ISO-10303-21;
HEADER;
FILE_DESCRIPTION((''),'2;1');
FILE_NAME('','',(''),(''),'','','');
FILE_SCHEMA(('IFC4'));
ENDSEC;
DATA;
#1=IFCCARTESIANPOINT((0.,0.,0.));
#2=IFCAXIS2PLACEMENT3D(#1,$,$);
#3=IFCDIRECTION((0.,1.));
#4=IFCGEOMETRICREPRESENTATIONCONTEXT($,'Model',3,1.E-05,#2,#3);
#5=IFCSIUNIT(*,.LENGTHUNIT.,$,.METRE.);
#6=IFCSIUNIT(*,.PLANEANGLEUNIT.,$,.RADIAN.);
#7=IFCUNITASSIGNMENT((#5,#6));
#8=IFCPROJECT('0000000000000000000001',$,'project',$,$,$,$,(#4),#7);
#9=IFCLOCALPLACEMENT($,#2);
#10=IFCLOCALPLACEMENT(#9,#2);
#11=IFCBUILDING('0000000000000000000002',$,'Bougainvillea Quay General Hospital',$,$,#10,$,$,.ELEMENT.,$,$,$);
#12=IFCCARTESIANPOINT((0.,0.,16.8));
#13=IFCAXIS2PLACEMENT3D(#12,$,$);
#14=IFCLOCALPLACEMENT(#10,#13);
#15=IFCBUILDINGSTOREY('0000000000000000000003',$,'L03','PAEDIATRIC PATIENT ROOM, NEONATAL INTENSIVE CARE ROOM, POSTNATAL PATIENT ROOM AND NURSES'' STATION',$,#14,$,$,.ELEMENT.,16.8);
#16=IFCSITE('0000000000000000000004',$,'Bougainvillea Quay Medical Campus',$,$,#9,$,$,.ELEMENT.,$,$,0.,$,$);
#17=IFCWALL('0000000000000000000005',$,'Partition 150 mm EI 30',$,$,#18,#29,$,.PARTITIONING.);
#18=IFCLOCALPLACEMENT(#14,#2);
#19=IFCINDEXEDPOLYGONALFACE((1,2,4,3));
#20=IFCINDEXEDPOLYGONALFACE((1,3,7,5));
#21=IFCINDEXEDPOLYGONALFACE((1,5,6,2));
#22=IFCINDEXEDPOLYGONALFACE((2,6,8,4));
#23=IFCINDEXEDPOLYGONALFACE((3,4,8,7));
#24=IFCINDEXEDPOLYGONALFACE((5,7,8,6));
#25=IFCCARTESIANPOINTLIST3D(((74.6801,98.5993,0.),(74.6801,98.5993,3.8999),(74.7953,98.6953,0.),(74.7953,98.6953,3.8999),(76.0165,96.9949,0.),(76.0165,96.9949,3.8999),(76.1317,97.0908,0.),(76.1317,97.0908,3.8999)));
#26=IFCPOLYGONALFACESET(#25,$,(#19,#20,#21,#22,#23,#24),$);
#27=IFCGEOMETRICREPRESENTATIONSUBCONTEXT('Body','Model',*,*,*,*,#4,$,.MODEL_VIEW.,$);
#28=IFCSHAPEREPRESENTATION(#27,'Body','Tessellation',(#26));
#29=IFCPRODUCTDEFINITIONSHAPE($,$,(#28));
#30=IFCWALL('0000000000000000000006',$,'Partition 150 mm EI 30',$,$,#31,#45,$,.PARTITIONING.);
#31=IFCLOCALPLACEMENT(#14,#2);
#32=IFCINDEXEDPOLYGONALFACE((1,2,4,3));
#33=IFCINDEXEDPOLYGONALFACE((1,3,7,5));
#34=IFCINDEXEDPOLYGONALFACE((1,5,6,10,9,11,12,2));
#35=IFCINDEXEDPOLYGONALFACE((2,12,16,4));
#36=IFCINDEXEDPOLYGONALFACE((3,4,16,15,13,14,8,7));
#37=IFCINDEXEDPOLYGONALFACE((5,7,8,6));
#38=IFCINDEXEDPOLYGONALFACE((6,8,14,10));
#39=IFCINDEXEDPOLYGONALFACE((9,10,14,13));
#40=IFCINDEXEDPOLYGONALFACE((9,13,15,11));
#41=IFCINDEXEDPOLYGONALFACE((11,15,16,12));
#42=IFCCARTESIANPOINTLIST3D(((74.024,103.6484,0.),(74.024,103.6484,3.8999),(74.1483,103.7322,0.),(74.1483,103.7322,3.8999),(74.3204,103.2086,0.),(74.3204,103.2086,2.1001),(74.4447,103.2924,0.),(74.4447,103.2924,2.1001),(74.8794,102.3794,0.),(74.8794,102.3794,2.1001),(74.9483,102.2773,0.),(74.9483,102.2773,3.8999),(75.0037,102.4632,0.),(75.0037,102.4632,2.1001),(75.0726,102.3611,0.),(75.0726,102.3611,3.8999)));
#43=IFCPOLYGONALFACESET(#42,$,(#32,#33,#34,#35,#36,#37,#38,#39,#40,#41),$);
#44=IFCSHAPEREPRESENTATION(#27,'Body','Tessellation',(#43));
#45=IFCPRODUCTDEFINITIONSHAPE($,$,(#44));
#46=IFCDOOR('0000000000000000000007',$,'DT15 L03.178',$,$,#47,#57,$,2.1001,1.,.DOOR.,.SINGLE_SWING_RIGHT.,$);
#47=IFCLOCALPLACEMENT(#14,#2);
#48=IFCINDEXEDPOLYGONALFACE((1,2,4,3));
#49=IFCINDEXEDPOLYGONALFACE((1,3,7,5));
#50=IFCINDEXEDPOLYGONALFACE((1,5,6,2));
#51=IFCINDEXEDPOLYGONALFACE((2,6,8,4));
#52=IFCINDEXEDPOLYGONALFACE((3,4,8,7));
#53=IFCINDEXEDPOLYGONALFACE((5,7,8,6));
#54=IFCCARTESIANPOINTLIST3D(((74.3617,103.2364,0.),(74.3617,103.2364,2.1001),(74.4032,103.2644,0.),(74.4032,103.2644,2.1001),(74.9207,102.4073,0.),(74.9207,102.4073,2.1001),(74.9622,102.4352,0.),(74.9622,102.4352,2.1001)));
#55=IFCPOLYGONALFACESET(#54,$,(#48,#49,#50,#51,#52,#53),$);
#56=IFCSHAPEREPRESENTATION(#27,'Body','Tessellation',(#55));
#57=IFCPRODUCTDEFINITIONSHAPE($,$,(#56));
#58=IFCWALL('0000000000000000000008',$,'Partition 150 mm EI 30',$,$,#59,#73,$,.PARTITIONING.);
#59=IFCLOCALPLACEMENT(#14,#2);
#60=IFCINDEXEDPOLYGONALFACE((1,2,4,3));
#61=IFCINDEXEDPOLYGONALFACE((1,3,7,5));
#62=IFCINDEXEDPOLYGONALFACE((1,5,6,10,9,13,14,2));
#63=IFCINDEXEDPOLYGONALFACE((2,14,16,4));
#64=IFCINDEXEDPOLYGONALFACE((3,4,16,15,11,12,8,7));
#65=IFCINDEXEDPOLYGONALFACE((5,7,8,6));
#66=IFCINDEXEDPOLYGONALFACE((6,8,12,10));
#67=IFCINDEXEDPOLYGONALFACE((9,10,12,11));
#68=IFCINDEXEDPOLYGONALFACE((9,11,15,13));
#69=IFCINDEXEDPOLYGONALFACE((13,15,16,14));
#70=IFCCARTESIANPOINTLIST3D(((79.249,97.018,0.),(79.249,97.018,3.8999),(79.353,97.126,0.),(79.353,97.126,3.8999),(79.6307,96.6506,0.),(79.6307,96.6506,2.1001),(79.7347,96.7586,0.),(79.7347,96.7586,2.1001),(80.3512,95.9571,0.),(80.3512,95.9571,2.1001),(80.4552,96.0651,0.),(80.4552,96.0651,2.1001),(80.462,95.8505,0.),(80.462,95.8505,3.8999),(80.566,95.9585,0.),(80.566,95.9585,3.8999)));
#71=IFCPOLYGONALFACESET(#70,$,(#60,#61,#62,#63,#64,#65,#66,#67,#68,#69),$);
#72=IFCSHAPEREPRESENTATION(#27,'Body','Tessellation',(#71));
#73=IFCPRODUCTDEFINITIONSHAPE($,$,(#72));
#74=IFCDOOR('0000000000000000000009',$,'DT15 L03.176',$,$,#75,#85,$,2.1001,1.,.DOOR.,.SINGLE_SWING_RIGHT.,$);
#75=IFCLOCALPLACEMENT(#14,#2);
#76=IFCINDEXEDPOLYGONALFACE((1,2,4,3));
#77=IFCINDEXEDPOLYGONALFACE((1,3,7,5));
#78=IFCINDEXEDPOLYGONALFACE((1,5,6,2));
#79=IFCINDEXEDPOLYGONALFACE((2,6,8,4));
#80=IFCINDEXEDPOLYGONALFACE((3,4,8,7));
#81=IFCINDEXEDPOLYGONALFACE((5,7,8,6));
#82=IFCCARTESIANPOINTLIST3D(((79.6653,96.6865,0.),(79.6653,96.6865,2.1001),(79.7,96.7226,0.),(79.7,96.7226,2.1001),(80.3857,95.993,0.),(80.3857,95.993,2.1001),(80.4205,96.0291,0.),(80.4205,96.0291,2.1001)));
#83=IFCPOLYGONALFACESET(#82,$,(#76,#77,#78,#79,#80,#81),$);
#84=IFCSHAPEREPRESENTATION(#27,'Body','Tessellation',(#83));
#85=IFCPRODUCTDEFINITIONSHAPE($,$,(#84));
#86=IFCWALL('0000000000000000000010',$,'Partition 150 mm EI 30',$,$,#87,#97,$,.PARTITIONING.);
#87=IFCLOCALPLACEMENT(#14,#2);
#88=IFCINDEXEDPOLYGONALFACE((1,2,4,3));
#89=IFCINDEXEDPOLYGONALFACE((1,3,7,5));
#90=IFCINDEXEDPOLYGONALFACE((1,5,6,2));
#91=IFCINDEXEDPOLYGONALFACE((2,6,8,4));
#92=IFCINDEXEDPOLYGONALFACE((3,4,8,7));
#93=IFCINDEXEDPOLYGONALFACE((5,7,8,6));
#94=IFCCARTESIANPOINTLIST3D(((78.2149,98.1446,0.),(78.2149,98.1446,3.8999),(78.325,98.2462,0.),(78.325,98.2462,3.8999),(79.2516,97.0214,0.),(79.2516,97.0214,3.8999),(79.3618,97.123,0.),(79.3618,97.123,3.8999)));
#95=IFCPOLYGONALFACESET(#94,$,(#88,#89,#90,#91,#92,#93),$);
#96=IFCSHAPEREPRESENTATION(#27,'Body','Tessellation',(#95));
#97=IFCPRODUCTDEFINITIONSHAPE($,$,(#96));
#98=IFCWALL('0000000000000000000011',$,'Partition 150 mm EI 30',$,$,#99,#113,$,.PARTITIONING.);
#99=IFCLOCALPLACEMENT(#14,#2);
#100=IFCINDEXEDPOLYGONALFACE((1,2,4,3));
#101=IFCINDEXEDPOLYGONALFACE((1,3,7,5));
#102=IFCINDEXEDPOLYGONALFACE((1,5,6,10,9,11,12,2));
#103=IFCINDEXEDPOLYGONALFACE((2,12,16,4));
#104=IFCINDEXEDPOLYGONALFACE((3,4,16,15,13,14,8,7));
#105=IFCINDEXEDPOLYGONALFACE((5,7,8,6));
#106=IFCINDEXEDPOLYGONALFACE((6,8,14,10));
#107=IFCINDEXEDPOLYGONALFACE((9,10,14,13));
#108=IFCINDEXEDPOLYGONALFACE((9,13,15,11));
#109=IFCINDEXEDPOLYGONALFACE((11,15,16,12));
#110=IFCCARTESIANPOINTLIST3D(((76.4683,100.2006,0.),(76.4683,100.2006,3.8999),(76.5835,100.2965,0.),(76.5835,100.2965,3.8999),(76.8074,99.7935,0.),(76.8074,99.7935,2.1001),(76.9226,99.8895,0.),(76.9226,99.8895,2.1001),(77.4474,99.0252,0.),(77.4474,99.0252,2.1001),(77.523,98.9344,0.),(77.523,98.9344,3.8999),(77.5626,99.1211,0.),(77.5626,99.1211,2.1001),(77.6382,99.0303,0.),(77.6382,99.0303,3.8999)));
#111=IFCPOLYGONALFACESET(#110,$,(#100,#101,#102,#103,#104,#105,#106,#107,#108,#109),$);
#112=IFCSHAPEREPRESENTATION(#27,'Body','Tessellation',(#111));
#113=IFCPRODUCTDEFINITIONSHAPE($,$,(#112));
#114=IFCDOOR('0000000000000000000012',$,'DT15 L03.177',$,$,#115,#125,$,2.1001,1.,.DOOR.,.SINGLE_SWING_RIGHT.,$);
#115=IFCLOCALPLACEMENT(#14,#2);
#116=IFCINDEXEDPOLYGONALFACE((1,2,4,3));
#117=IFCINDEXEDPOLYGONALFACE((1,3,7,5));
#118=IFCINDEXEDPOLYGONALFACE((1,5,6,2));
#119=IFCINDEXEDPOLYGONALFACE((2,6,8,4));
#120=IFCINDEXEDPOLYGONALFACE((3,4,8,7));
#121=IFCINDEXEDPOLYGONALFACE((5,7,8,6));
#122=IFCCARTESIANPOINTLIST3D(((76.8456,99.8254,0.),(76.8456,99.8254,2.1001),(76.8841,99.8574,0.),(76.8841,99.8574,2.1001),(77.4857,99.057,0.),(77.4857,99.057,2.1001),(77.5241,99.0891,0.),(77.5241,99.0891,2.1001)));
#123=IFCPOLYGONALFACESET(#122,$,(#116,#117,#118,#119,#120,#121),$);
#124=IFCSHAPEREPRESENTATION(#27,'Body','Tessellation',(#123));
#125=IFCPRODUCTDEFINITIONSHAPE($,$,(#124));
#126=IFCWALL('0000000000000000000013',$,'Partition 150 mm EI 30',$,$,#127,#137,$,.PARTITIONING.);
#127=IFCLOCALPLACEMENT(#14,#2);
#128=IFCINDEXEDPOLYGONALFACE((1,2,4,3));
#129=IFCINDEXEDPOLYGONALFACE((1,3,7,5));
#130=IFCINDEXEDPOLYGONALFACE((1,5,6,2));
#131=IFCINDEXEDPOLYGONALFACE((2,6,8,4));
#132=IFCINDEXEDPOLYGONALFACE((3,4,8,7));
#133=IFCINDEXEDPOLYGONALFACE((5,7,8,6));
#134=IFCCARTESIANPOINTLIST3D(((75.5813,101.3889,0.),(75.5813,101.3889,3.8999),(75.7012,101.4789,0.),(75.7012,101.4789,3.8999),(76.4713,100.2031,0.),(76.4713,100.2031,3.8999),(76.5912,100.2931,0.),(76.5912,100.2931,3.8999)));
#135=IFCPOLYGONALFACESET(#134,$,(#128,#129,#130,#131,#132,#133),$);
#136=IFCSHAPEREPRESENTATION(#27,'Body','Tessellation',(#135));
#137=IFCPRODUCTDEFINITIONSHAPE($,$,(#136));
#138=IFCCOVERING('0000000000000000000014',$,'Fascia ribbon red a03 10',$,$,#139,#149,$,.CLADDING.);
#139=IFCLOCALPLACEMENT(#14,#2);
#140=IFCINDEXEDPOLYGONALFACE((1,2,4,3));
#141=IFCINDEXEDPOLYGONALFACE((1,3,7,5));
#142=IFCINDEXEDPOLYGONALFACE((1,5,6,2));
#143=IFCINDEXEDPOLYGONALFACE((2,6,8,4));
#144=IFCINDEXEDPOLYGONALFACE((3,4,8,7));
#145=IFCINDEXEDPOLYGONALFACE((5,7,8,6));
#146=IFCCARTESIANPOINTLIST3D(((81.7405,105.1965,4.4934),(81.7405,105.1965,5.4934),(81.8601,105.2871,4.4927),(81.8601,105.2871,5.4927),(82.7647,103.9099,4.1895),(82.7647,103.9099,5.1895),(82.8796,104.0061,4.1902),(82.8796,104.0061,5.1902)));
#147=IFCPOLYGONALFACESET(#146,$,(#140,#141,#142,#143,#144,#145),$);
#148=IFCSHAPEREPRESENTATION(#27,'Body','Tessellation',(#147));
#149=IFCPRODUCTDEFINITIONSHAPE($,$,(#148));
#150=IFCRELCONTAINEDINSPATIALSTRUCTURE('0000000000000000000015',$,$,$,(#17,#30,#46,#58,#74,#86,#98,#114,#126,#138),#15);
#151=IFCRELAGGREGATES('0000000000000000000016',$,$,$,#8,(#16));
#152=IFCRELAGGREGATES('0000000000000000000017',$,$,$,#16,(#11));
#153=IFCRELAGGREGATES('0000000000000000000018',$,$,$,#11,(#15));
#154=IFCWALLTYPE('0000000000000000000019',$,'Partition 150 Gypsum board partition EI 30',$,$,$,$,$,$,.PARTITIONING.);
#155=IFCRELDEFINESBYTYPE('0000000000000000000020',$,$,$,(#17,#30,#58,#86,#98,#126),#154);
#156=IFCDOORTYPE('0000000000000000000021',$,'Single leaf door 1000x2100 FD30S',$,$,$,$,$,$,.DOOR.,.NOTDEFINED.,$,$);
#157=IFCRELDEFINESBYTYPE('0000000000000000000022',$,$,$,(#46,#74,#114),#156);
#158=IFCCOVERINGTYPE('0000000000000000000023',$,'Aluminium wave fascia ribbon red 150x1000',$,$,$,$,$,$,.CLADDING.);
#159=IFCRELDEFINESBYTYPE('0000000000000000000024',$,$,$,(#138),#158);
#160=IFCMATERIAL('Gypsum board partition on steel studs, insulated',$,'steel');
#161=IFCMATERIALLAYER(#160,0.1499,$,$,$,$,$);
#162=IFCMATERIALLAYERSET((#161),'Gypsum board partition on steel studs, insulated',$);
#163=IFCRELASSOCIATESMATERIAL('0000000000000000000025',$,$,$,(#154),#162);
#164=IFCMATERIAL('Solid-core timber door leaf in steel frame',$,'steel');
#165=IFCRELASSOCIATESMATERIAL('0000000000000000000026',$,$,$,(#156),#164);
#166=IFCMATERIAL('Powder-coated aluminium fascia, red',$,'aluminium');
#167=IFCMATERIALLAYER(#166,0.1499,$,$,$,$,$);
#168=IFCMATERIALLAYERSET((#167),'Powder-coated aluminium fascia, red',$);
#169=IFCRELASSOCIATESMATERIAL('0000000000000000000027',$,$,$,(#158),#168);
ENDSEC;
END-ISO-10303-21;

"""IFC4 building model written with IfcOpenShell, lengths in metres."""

from ifc_helpers import new_model, si_unit, direction, frame, frame_2d, origin, place, context, subcontext, project, spatial, polyline, rectangle, outline, extrude, material, layer, layer_set, type_object, element, fill, save


model = new_model("IFC4")

# Units and contexts
model_context = context("Model", 3, precision=1e-05, world=origin(), true_north=direction((0.0, 1.0)))
body_context = subcontext(model_context, "Body", "Model", "MODEL_VIEW")
ifc_project = project(units=[si_unit("LENGTHUNIT", "METRE"), si_unit("PLANEANGLEUNIT", "RADIAN")], contexts=[model_context])

# Site, building, storey
site_placement = place(None, origin())
site = spatial("IfcSite", under=ifc_project, at=site_placement, Name="Bougainvillea Quay Medical Campus", CompositionType="ELEMENT", RefElevation=0.0)
building_placement = place(site_placement, origin())
building = spatial("IfcBuilding", under=site, at=building_placement, Name="Bougainvillea Quay General Hospital", CompositionType="ELEMENT")
storey_placement = place(building_placement, frame((0.0, 0.0, 16.8)))
storey = spatial("IfcBuildingStorey", under=building, at=storey_placement, Name="L03", Description="PAEDIATRIC PATIENT ROOM, NEONATAL INTENSIVE CARE ROOM, POSTNATAL PATIENT ROOM AND NURSES' STATION", CompositionType="ELEMENT", Elevation=16.8)

# Shared definitions
ifc_material_1 = material(Name="Gypsum board partition on steel studs, insulated", Category="steel")
ifc_layer_1 = layer(ifc_material_1, 0.1499)
ifc_layer_set_1 = layer_set([ifc_layer_1], Name="Gypsum board partition on steel studs, insulated")
wall_type_1 = type_object("IfcWallType", Name="Partition 150 Gypsum board partition EI 30", PredefinedType="PARTITIONING", material=ifc_layer_set_1)

# Wall
wall_1_placement = place(storey_placement, frame((74.7378, 98.6472, 0.0), z_axis=(0.0, 0.0, 1.0), x_axis=(0.64, -0.768375, 0.0)))
element("IfcWall", 1, at=wall_1_placement, inside=storey, type_object=wall_type_1, Name="Partition 150 mm EI 30", PredefinedType="PARTITIONING", context=body_context, shape_type="SweptSolid", body=[
    extrude(rectangle(XDim=2.0881, YDim=0.1499, at=frame_2d((1.0439, 0.0))), origin(), (0.0, 0.0, 1.0), 3.8999),
])

# Walls, openings, doors
wall_2_placement = place(storey_placement, frame((74.0862, 103.6902, 0.0), z_axis=(0.0, 0.0, 1.0), x_axis=(0.558986, -0.829177, 0.0)))
wall_2 = element("IfcWall", 2, at=wall_2_placement, inside=storey, type_object=wall_type_1, Name="Partition 150 mm EI 30", PredefinedType="PARTITIONING", context=body_context, shape_type="SweptSolid", body=[
    extrude(rectangle(XDim=1.6536, YDim=0.1499, at=frame_2d((0.8267, 0.0))), origin(), (0.0, 0.0, 1.0), 3.8999),
])
opening_1_placement = place(wall_2_placement, frame((0.5303, 0.0, 0.0)))
opening_1 = element("IfcOpeningElement", 3, at=opening_1_placement, cuts=wall_2, PredefinedType="OPENING", context=body_context, shape_type="SweptSolid", body=[
    extrude(rectangle(XDim=1.0, YDim=2.1001, at=frame_2d((0.5, 1.05))), frame((0.0, 0.085, 0.0), z_axis=(0.0, -1.0, 0.0), x_axis=(1.0, 0.0, 0.0)), (0.0, 0.0, 1.0), 0.1699),
])
ifc_material_2 = material(Name="Solid-core timber door leaf in steel frame", Category="steel")
door_type_1 = type_object("IfcDoorType", Name="Single leaf door 1000x2100 FD30S", OperationType="NOTDEFINED", PredefinedType="DOOR", material=ifc_material_2)
door_1_placement = place(opening_1_placement, origin())
door_1 = element("IfcDoor", 4, at=door_1_placement, inside=storey, type_object=door_type_1, Name="DT15 L03.178", OperationType="SINGLE_SWING_RIGHT", OverallHeight=2.1001, OverallWidth=1.0, PredefinedType="DOOR", context=body_context, shape_type="SweptSolid", body=[
    extrude(rectangle(XDim=1.0, YDim=2.1001, at=frame_2d((0.5, 1.05))), frame((0.0, 0.0249, 0.0), z_axis=(0.0, -1.0, 0.0), x_axis=(1.0, 0.0, 0.0)), (0.0, 0.0, 1.0), 0.05),
])
fill(opening_1, door_1)
wall_3_placement = place(storey_placement, frame((79.301, 97.072, 0.0), z_axis=(0.0, 0.0, 1.0), x_axis=(0.720465, -0.693491, 0.0)))
wall_3 = element("IfcWall", 5, at=wall_3_placement, inside=storey, type_object=wall_type_1, Name="Partition 150 mm EI 30", PredefinedType="PARTITIONING", context=body_context, shape_type="SweptSolid", body=[
    extrude(rectangle(XDim=1.6836, YDim=0.1499, at=frame_2d((0.8418, 0.0))), origin(), (0.0, 0.0, 1.0), 3.8999),
])
opening_2_placement = place(wall_3_placement, frame((0.5298, 0.0, 0.0)))
opening_2 = element("IfcOpeningElement", 6, at=opening_2_placement, cuts=wall_3, PredefinedType="OPENING", context=body_context, shape_type="SweptSolid", body=[
    extrude(rectangle(XDim=1.0, YDim=2.1001, at=frame_2d((0.5, 1.05))), frame((0.0, 0.085, 0.0), z_axis=(0.0, -1.0, 0.0), x_axis=(1.0, 0.0, 0.0)), (0.0, 0.0, 1.0), 0.1699),
])
door_2_placement = place(opening_2_placement, origin())
door_2 = element("IfcDoor", 7, at=door_2_placement, inside=storey, type_object=door_type_1, Name="DT15 L03.176", OperationType="SINGLE_SWING_RIGHT", OverallHeight=2.1001, OverallWidth=1.0, PredefinedType="DOOR", context=body_context, shape_type="SweptSolid", body=[
    extrude(rectangle(XDim=1.0, YDim=2.1001, at=frame_2d((0.5, 1.05))), frame((0.0, 0.0249, 0.0), z_axis=(0.0, -1.0, 0.0), x_axis=(1.0, 0.0, 0.0)), (0.0, 0.0, 1.0), 0.05),
])
fill(opening_2, door_2)

# Wall
wall_4_placement = place(storey_placement, frame((78.27, 98.1953, 0.0), z_axis=(0.0, 0.0, 1.0), x_axis=(0.678273, -0.73481, 0.0)))
element("IfcWall", 8, at=wall_4_placement, inside=storey, type_object=wall_type_1, Name="Partition 150 mm EI 30", PredefinedType="PARTITIONING", context=body_context, shape_type="SweptSolid", body=[
    extrude(rectangle(XDim=1.5286, YDim=0.1499, at=frame_2d((0.7642, 0.0))), origin(), (0.0, 0.0, 1.0), 3.8999),
])

# Wall, opening, door
wall_5_placement = place(storey_placement, frame((76.5259, 100.2485, 0.0), z_axis=(0.0, 0.0, 1.0), x_axis=(0.640039, -0.768343, 0.0)))
wall_5 = element("IfcWall", 9, at=wall_5_placement, inside=storey, type_object=wall_type_1, Name="Partition 150 mm EI 30", PredefinedType="PARTITIONING", context=body_context, shape_type="SweptSolid", body=[
    extrude(rectangle(XDim=1.6479, YDim=0.1499, at=frame_2d((0.824, 0.0))), origin(), (0.0, 0.0, 1.0), 3.8999),
])
opening_3_placement = place(wall_5_placement, frame((0.5298, 0.0, 0.0)))
opening_3 = element("IfcOpeningElement", 10, at=opening_3_placement, cuts=wall_5, PredefinedType="OPENING", context=body_context, shape_type="SweptSolid", body=[
    extrude(rectangle(XDim=1.0, YDim=2.1001, at=frame_2d((0.5, 1.05))), frame((0.0, 0.085, 0.0), z_axis=(0.0, -1.0, 0.0), x_axis=(1.0, 0.0, 0.0)), (0.0, 0.0, 1.0), 0.1699),
])
door_3_placement = place(opening_3_placement, origin())
door_3 = element("IfcDoor", 11, at=door_3_placement, inside=storey, type_object=door_type_1, Name="DT15 L03.177", OperationType="SINGLE_SWING_RIGHT", OverallHeight=2.1001, OverallWidth=1.0, PredefinedType="DOOR", context=body_context, shape_type="SweptSolid", body=[
    extrude(rectangle(XDim=1.0, YDim=2.1001, at=frame_2d((0.5, 1.05))), frame((0.0, 0.0249, 0.0), z_axis=(0.0, -1.0, 0.0), x_axis=(1.0, 0.0, 0.0)), (0.0, 0.0, 1.0), 0.05),
])
fill(opening_3, door_3)

# Wall
wall_6_placement = place(storey_placement, frame((75.6414, 101.4338, 0.0), z_axis=(0.0, 0.0, 1.0), x_axis=(0.600237, -0.799822, 0.0)))
element("IfcWall", 12, at=wall_6_placement, inside=storey, type_object=wall_type_1, Name="Partition 150 mm EI 30", PredefinedType="PARTITIONING", context=body_context, shape_type="SweptSolid", body=[
    extrude(rectangle(XDim=1.4827, YDim=0.1499, at=frame_2d((0.7412, 0.0))), origin(), (0.0, 0.0, 1.0), 3.8999),
])

# Covering
ifc_material_3 = material(Name="Powder-coated aluminium fascia, red", Category="aluminium")
ifc_layer_2 = layer(ifc_material_3, 0.1499)
ifc_layer_set_2 = layer_set([ifc_layer_2], Name="Powder-coated aluminium fascia, red")
covering_type = type_object("IfcCoveringType", Name="Aluminium wave fascia ribbon red 150x1000", PredefinedType="CLADDING", material=ifc_layer_set_2)
covering_placement = place(storey_placement, frame((82.8796, 104.0061, 4.1902), z_axis=(0.113177, -0.142174, 0.98335), x_axis=(-0.612361, 0.76941, 0.18172)))
element("IfcCovering", 13, at=covering_placement, inside=storey, type_object=covering_type, Name="Fascia ribbon red a03 10", PredefinedType="CLADDING", context=body_context, shape_type="SweptSolid", body=[
    extrude(outline(polyline([(0.0, 0.0), (1.6649, 0.0), (1.6686, 0.15), (-0.0037, 0.1499), (0.0, 0.0)])), origin(), (0.18172, 0.000018, 0.98335), 1.0),
])

save(model, "model.ifc")
